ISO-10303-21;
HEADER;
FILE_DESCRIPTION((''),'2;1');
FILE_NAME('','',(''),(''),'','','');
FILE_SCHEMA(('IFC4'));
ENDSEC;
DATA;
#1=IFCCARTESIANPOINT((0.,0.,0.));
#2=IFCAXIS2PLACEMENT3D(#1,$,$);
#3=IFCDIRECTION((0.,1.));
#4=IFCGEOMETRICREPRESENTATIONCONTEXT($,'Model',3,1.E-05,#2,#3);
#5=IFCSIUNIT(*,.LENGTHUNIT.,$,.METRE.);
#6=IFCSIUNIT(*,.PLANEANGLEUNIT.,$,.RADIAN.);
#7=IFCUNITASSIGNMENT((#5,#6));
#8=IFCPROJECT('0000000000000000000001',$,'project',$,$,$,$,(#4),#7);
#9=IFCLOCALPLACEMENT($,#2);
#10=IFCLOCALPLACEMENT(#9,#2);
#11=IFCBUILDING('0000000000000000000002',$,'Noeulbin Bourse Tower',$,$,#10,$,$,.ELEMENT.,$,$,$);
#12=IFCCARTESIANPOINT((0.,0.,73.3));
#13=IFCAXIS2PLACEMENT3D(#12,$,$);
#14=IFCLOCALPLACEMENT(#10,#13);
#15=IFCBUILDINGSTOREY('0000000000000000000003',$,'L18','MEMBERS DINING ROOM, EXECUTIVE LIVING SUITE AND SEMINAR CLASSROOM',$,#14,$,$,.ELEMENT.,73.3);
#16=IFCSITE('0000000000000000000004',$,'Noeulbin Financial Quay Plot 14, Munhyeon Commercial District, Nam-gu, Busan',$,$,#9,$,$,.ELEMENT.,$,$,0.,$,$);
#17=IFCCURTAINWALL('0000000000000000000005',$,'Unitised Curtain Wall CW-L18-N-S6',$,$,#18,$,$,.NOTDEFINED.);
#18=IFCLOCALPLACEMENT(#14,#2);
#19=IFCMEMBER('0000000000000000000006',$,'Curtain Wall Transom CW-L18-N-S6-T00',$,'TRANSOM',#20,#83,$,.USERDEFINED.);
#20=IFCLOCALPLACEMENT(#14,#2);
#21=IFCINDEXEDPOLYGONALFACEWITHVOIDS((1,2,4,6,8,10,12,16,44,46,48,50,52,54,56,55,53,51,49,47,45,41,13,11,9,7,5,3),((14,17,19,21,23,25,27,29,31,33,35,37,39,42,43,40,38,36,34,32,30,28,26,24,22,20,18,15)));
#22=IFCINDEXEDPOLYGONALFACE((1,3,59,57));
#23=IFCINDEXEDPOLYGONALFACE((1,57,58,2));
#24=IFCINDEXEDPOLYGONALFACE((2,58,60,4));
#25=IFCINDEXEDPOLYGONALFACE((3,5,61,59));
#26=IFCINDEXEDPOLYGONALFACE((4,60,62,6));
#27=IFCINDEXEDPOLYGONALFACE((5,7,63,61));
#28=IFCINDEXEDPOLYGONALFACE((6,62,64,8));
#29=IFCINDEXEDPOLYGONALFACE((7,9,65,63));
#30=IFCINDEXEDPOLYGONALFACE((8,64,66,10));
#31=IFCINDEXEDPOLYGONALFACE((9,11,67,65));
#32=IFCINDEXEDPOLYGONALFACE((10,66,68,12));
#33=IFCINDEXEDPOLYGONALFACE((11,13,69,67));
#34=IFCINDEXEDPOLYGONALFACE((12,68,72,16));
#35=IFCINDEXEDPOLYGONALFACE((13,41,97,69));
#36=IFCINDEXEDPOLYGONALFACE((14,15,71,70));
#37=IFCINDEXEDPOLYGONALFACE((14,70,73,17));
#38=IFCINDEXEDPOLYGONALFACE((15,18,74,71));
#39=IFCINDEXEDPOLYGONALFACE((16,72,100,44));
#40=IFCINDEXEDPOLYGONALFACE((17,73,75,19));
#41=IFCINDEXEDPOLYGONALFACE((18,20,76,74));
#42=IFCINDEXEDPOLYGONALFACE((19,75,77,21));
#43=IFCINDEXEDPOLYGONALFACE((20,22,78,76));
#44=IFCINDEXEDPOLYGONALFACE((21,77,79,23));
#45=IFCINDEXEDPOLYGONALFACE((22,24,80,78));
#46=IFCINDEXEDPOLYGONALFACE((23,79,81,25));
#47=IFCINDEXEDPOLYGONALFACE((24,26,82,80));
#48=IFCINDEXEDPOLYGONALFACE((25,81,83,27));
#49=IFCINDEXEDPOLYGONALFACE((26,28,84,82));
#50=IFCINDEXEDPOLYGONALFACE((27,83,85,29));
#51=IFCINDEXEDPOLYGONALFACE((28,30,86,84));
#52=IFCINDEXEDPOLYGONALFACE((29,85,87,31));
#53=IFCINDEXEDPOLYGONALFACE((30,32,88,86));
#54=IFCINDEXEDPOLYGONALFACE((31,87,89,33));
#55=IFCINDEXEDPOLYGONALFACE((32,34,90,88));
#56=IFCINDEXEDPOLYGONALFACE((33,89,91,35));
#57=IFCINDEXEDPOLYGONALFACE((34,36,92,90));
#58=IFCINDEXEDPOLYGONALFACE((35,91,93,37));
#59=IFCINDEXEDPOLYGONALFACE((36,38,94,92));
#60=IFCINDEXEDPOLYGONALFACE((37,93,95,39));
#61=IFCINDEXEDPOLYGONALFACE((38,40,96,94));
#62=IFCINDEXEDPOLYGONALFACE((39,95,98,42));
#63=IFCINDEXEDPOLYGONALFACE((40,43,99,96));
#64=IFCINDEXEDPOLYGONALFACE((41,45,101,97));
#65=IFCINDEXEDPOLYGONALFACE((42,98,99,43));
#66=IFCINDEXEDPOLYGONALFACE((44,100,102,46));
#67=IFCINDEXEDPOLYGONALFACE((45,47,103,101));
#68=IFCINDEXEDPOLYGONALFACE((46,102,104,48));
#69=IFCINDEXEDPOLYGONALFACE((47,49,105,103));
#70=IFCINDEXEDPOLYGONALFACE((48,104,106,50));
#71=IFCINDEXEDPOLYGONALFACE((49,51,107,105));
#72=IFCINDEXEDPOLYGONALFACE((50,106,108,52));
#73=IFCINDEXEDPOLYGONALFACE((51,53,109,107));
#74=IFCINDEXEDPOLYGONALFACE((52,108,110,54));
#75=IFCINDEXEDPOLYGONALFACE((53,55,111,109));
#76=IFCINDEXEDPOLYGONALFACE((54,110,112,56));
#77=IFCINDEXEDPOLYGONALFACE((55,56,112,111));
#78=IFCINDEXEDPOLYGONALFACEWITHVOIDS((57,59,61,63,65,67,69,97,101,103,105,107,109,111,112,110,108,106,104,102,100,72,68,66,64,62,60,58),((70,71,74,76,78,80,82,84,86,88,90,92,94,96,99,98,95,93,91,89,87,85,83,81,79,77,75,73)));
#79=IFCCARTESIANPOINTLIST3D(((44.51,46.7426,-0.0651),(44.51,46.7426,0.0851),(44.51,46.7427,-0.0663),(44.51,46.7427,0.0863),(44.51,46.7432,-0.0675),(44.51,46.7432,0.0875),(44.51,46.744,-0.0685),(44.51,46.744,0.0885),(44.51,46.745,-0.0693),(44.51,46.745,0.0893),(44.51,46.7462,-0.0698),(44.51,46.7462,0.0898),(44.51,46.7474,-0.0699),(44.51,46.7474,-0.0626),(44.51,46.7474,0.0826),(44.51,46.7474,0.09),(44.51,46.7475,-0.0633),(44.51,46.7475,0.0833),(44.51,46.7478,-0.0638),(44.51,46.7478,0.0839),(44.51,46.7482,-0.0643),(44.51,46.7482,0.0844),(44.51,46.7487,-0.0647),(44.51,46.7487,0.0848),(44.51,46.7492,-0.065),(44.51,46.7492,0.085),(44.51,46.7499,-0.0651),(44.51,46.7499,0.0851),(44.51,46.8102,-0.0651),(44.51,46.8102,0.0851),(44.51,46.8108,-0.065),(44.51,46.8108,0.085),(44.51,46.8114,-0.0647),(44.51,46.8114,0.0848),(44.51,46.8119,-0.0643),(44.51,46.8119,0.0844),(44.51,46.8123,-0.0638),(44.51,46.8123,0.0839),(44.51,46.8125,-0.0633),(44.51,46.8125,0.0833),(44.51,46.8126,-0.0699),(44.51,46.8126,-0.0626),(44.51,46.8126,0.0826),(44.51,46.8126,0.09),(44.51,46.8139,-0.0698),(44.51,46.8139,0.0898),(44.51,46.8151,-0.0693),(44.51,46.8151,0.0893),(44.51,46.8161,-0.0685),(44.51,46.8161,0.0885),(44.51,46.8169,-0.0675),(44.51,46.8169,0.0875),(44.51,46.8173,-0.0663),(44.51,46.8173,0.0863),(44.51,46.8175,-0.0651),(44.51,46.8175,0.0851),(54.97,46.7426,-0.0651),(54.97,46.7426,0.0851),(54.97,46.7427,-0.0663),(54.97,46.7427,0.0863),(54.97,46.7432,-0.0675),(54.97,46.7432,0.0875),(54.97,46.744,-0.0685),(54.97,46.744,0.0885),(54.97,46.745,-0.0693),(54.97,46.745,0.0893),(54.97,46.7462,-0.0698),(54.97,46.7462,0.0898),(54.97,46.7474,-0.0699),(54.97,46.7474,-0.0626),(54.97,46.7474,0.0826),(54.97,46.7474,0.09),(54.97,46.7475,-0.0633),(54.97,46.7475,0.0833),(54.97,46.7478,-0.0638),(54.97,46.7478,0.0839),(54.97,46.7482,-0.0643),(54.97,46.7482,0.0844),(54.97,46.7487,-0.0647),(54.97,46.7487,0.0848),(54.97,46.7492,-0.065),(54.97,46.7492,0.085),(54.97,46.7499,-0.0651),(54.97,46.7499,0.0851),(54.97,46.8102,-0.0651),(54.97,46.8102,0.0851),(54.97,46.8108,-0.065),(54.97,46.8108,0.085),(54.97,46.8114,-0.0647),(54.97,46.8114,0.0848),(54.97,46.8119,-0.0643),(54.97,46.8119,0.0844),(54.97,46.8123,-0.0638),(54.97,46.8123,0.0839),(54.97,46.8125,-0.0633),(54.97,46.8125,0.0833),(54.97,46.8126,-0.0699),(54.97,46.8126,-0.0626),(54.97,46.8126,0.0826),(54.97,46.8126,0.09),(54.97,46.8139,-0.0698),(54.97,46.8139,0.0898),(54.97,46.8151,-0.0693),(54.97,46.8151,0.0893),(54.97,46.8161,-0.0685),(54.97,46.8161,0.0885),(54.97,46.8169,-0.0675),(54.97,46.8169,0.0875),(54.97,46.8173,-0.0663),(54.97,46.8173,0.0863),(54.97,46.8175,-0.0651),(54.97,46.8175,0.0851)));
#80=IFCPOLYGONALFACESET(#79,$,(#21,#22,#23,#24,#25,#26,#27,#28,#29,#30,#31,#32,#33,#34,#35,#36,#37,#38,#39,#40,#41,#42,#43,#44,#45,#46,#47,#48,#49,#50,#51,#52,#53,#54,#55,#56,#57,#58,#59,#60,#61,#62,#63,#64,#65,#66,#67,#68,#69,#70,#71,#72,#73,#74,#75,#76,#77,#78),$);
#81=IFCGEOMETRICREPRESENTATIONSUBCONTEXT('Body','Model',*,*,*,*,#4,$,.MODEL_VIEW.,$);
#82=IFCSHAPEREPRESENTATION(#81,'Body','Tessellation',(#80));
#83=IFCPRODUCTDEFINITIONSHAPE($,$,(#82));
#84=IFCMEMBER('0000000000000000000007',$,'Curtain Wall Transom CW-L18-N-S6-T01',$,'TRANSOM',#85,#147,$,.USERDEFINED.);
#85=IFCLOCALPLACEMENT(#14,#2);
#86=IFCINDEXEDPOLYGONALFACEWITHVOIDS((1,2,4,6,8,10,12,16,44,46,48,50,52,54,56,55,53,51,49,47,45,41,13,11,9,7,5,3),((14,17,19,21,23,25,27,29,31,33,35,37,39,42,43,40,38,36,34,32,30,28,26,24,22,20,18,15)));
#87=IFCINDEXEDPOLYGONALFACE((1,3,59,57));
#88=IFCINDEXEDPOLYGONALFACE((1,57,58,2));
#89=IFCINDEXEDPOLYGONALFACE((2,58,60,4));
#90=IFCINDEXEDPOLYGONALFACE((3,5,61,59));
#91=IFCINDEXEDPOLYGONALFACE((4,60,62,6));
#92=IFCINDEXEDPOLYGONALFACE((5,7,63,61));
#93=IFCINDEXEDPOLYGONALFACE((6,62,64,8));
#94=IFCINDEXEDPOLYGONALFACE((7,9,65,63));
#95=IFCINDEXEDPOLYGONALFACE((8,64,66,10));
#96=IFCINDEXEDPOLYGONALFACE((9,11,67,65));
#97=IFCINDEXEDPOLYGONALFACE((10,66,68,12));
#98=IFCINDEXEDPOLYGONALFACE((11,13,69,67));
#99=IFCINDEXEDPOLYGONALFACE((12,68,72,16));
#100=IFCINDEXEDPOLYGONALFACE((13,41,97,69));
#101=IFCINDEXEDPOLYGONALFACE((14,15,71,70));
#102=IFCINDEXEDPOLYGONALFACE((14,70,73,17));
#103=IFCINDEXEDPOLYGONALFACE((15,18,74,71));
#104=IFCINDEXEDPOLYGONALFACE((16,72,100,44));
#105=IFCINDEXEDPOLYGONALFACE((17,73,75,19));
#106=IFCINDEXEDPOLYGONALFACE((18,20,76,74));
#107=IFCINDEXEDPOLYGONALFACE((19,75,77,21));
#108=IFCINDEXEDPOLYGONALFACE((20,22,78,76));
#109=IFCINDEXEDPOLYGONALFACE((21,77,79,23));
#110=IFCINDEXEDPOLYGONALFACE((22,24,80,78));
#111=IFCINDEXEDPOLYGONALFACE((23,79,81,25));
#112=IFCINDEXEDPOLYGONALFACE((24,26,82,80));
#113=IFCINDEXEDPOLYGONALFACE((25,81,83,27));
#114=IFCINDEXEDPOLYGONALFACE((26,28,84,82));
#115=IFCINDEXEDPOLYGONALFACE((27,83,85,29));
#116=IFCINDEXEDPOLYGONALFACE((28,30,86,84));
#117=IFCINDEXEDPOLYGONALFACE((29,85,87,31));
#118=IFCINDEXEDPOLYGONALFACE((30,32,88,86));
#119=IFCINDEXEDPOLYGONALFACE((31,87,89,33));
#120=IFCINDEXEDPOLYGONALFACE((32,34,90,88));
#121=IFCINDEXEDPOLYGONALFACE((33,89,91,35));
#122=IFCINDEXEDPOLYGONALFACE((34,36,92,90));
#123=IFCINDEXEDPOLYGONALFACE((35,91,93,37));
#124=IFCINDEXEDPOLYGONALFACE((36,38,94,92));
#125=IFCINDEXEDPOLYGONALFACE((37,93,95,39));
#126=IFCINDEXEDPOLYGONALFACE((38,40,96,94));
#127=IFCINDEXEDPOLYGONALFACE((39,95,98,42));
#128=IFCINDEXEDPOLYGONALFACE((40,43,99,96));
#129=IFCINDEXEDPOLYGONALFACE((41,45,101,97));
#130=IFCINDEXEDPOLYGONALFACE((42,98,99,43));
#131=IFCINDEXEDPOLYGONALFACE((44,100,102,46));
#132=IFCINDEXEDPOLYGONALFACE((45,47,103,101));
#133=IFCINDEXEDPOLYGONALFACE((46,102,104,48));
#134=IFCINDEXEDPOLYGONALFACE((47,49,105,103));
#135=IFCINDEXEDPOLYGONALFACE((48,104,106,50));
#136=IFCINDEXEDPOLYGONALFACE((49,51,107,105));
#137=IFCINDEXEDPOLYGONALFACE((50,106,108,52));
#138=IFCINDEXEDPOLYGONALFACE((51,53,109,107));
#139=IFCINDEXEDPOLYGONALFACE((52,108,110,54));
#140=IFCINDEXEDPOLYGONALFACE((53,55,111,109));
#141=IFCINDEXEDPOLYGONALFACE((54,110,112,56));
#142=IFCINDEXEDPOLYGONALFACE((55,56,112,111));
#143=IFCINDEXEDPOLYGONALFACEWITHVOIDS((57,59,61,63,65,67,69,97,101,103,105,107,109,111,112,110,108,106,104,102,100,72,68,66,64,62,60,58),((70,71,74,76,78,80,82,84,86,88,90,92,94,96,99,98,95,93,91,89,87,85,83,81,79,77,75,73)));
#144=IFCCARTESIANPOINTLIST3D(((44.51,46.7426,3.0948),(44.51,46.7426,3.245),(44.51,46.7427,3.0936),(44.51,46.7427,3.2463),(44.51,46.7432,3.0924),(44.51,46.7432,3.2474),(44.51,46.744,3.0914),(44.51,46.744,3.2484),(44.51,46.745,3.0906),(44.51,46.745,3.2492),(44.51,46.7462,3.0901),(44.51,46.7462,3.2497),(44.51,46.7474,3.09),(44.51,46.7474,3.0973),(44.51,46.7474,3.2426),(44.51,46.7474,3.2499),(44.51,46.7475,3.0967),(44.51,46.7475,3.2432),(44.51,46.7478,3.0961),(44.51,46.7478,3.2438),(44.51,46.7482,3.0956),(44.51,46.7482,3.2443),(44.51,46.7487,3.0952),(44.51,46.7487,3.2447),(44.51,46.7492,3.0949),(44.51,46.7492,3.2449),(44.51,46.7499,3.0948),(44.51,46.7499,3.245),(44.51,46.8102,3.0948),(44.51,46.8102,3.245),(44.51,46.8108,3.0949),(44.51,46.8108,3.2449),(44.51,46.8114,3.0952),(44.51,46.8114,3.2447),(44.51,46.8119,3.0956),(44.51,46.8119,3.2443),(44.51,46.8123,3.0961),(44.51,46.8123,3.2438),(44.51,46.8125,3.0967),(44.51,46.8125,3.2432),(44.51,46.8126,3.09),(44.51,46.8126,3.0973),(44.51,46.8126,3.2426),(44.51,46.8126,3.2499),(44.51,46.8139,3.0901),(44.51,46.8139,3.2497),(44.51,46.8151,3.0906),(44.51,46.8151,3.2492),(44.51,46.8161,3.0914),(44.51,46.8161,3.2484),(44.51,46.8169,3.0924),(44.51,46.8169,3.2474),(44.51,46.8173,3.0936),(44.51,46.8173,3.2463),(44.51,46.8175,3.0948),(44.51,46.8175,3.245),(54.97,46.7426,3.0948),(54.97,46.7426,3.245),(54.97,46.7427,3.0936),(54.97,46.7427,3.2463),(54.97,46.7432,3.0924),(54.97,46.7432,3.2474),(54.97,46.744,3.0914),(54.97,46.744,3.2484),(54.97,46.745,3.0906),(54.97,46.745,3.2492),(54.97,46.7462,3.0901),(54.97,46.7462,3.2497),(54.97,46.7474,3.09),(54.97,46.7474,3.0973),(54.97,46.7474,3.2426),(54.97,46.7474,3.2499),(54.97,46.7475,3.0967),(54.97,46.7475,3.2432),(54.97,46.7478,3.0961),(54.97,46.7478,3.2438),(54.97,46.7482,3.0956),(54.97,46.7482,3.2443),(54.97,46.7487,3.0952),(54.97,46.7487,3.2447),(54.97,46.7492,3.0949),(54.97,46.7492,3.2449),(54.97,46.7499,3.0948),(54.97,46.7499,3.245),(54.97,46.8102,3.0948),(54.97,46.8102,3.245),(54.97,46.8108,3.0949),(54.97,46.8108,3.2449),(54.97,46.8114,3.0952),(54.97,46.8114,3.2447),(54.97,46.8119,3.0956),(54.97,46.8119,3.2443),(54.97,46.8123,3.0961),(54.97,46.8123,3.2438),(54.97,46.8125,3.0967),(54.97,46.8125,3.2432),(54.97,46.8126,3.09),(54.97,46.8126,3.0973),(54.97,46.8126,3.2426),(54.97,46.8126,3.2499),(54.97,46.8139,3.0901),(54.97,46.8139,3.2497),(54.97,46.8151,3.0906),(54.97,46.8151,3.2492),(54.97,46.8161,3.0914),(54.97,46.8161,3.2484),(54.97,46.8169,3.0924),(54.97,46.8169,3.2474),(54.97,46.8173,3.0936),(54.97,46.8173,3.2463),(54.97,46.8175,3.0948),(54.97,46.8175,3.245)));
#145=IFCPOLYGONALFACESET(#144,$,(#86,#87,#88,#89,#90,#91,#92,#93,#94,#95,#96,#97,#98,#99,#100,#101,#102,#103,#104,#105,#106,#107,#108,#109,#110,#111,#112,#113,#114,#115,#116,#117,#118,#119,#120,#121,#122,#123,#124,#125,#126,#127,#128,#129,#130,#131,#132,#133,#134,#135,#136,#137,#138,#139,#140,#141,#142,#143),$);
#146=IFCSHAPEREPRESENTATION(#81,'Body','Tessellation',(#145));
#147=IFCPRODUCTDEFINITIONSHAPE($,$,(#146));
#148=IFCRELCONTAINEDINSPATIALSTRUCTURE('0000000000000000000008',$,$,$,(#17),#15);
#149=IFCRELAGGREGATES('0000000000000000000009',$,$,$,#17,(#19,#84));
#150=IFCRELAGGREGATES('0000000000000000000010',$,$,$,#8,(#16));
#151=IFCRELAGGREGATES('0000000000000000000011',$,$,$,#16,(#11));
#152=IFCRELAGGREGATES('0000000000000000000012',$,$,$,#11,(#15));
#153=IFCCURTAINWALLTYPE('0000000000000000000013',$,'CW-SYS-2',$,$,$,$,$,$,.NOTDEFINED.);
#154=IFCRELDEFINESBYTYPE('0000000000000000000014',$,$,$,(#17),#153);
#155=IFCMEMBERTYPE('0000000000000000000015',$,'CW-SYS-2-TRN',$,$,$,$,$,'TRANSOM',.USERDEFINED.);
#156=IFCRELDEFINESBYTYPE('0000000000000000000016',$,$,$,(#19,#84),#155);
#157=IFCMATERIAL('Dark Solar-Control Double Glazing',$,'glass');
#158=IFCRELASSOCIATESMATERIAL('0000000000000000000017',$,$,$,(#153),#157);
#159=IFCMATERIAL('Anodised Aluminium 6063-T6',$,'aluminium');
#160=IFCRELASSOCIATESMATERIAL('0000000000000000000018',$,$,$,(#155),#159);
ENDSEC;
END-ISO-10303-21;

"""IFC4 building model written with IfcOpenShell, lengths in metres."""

from ifc_helpers import new_model, si_unit, direction, frame, origin, origin_2d, place, context, subcontext, project, spatial, hollow_rectangle, extrude, material, material_profile, profile_set, type_object, element, aggregate, save


model = new_model("IFC4")

# Units and contexts
model_context = context("Model", 3, precision=1e-05, world=origin(), true_north=direction((0.0, 1.0)))
body_context = subcontext(model_context, "Body", "Model", "MODEL_VIEW")
ifc_project = project(units=[si_unit("LENGTHUNIT", "METRE"), si_unit("PLANEANGLEUNIT", "RADIAN")], contexts=[model_context])

# Site, building, storey
site_placement = place(None, origin())
site = spatial("IfcSite", under=ifc_project, at=site_placement, Name="Noeulbin Financial Quay Plot 14, Munhyeon Commercial District, Nam-gu, Busan", CompositionType="ELEMENT", RefElevation=0.0)
building_placement = place(site_placement, origin())
building = spatial("IfcBuilding", under=site, at=building_placement, Name="Noeulbin Bourse Tower", CompositionType="ELEMENT")
storey_placement = place(building_placement, frame((0.0, 0.0, 73.3)))
storey = spatial("IfcBuildingStorey", under=building, at=storey_placement, Name="L18", Description="MEMBERS DINING ROOM, EXECUTIVE LIVING SUITE AND SEMINAR CLASSROOM", CompositionType="ELEMENT", Elevation=73.3)

# Shared definitions
ifc_material_1 = material(Name="Dark Solar-Control Double Glazing", Category="glass")
curtain_wall_type = type_object("IfcCurtainWallType", Name="CW-SYS-2", PredefinedType="NOTDEFINED", material=ifc_material_1)
ifc_material_2 = material(Name="Anodised Aluminium 6063-T6", Category="aluminium")

# Curtain wall
curtain_wall_1_placement = place(storey_placement, origin())
curtain_wall_1 = element("IfcCurtainWall", 1, at=curtain_wall_1_placement, inside=storey, type_object=curtain_wall_type, Name="Unitised Curtain Wall CW-L18-N-S6", PredefinedType="NOTDEFINED")

# Members
ifc_material_profile_1 = material_profile(ifc_material_2, hollow_rectangle(XDim=0.075, YDim=0.1599, WallThickness=0.0049, InnerFilletRadius=0.0024, OuterFilletRadius=0.0049, at=origin_2d()), Name="ALU-TRAN-75x160x5", Category="LoadBearing")
ifc_profile_set_1 = profile_set([ifc_material_profile_1], Name="Anodised Aluminium 6063-T6")
member_type_1 = type_object("IfcMemberType", Name="CW-SYS-2-TRN", ElementType="TRANSOM", PredefinedType="USERDEFINED", material=ifc_profile_set_1)
member_1_placement = place(storey_placement, frame((44.51, 46.78, 0.01), z_axis=(1.0, 0.0, 0.0), x_axis=(0.0, 1.0, 0.0)))
member_1 = element("IfcMember", 2, at=member_1_placement, type_object=member_type_1, Name="Curtain Wall Transom CW-L18-N-S6-T00", ObjectType="TRANSOM", PredefinedType="USERDEFINED", context=body_context, shape_type="SweptSolid", body=[
    extrude(hollow_rectangle(XDim=0.075, YDim=0.1599, WallThickness=0.0049, InnerFilletRadius=0.0024, OuterFilletRadius=0.0049, at=origin_2d()), origin(), (0.0, 0.0, 1.0), 10.46),
])
member_2_placement = place(storey_placement, frame((44.51, 46.78, 3.1699), z_axis=(1.0, 0.0, 0.0), x_axis=(0.0, 1.0, 0.0)))
member_2 = element("IfcMember", 3, at=member_2_placement, type_object=member_type_1, Name="Curtain Wall Transom CW-L18-N-S6-T01", ObjectType="TRANSOM", PredefinedType="USERDEFINED", context=body_context, shape_type="SweptSolid", body=[
    extrude(hollow_rectangle(XDim=0.075, YDim=0.1599, WallThickness=0.0049, InnerFilletRadius=0.0024, OuterFilletRadius=0.0049, at=origin_2d()), origin(), (0.0, 0.0, 1.0), 10.46),
])

aggregate(curtain_wall_1, [member_1, member_2])

save(model, "model.ifc")
